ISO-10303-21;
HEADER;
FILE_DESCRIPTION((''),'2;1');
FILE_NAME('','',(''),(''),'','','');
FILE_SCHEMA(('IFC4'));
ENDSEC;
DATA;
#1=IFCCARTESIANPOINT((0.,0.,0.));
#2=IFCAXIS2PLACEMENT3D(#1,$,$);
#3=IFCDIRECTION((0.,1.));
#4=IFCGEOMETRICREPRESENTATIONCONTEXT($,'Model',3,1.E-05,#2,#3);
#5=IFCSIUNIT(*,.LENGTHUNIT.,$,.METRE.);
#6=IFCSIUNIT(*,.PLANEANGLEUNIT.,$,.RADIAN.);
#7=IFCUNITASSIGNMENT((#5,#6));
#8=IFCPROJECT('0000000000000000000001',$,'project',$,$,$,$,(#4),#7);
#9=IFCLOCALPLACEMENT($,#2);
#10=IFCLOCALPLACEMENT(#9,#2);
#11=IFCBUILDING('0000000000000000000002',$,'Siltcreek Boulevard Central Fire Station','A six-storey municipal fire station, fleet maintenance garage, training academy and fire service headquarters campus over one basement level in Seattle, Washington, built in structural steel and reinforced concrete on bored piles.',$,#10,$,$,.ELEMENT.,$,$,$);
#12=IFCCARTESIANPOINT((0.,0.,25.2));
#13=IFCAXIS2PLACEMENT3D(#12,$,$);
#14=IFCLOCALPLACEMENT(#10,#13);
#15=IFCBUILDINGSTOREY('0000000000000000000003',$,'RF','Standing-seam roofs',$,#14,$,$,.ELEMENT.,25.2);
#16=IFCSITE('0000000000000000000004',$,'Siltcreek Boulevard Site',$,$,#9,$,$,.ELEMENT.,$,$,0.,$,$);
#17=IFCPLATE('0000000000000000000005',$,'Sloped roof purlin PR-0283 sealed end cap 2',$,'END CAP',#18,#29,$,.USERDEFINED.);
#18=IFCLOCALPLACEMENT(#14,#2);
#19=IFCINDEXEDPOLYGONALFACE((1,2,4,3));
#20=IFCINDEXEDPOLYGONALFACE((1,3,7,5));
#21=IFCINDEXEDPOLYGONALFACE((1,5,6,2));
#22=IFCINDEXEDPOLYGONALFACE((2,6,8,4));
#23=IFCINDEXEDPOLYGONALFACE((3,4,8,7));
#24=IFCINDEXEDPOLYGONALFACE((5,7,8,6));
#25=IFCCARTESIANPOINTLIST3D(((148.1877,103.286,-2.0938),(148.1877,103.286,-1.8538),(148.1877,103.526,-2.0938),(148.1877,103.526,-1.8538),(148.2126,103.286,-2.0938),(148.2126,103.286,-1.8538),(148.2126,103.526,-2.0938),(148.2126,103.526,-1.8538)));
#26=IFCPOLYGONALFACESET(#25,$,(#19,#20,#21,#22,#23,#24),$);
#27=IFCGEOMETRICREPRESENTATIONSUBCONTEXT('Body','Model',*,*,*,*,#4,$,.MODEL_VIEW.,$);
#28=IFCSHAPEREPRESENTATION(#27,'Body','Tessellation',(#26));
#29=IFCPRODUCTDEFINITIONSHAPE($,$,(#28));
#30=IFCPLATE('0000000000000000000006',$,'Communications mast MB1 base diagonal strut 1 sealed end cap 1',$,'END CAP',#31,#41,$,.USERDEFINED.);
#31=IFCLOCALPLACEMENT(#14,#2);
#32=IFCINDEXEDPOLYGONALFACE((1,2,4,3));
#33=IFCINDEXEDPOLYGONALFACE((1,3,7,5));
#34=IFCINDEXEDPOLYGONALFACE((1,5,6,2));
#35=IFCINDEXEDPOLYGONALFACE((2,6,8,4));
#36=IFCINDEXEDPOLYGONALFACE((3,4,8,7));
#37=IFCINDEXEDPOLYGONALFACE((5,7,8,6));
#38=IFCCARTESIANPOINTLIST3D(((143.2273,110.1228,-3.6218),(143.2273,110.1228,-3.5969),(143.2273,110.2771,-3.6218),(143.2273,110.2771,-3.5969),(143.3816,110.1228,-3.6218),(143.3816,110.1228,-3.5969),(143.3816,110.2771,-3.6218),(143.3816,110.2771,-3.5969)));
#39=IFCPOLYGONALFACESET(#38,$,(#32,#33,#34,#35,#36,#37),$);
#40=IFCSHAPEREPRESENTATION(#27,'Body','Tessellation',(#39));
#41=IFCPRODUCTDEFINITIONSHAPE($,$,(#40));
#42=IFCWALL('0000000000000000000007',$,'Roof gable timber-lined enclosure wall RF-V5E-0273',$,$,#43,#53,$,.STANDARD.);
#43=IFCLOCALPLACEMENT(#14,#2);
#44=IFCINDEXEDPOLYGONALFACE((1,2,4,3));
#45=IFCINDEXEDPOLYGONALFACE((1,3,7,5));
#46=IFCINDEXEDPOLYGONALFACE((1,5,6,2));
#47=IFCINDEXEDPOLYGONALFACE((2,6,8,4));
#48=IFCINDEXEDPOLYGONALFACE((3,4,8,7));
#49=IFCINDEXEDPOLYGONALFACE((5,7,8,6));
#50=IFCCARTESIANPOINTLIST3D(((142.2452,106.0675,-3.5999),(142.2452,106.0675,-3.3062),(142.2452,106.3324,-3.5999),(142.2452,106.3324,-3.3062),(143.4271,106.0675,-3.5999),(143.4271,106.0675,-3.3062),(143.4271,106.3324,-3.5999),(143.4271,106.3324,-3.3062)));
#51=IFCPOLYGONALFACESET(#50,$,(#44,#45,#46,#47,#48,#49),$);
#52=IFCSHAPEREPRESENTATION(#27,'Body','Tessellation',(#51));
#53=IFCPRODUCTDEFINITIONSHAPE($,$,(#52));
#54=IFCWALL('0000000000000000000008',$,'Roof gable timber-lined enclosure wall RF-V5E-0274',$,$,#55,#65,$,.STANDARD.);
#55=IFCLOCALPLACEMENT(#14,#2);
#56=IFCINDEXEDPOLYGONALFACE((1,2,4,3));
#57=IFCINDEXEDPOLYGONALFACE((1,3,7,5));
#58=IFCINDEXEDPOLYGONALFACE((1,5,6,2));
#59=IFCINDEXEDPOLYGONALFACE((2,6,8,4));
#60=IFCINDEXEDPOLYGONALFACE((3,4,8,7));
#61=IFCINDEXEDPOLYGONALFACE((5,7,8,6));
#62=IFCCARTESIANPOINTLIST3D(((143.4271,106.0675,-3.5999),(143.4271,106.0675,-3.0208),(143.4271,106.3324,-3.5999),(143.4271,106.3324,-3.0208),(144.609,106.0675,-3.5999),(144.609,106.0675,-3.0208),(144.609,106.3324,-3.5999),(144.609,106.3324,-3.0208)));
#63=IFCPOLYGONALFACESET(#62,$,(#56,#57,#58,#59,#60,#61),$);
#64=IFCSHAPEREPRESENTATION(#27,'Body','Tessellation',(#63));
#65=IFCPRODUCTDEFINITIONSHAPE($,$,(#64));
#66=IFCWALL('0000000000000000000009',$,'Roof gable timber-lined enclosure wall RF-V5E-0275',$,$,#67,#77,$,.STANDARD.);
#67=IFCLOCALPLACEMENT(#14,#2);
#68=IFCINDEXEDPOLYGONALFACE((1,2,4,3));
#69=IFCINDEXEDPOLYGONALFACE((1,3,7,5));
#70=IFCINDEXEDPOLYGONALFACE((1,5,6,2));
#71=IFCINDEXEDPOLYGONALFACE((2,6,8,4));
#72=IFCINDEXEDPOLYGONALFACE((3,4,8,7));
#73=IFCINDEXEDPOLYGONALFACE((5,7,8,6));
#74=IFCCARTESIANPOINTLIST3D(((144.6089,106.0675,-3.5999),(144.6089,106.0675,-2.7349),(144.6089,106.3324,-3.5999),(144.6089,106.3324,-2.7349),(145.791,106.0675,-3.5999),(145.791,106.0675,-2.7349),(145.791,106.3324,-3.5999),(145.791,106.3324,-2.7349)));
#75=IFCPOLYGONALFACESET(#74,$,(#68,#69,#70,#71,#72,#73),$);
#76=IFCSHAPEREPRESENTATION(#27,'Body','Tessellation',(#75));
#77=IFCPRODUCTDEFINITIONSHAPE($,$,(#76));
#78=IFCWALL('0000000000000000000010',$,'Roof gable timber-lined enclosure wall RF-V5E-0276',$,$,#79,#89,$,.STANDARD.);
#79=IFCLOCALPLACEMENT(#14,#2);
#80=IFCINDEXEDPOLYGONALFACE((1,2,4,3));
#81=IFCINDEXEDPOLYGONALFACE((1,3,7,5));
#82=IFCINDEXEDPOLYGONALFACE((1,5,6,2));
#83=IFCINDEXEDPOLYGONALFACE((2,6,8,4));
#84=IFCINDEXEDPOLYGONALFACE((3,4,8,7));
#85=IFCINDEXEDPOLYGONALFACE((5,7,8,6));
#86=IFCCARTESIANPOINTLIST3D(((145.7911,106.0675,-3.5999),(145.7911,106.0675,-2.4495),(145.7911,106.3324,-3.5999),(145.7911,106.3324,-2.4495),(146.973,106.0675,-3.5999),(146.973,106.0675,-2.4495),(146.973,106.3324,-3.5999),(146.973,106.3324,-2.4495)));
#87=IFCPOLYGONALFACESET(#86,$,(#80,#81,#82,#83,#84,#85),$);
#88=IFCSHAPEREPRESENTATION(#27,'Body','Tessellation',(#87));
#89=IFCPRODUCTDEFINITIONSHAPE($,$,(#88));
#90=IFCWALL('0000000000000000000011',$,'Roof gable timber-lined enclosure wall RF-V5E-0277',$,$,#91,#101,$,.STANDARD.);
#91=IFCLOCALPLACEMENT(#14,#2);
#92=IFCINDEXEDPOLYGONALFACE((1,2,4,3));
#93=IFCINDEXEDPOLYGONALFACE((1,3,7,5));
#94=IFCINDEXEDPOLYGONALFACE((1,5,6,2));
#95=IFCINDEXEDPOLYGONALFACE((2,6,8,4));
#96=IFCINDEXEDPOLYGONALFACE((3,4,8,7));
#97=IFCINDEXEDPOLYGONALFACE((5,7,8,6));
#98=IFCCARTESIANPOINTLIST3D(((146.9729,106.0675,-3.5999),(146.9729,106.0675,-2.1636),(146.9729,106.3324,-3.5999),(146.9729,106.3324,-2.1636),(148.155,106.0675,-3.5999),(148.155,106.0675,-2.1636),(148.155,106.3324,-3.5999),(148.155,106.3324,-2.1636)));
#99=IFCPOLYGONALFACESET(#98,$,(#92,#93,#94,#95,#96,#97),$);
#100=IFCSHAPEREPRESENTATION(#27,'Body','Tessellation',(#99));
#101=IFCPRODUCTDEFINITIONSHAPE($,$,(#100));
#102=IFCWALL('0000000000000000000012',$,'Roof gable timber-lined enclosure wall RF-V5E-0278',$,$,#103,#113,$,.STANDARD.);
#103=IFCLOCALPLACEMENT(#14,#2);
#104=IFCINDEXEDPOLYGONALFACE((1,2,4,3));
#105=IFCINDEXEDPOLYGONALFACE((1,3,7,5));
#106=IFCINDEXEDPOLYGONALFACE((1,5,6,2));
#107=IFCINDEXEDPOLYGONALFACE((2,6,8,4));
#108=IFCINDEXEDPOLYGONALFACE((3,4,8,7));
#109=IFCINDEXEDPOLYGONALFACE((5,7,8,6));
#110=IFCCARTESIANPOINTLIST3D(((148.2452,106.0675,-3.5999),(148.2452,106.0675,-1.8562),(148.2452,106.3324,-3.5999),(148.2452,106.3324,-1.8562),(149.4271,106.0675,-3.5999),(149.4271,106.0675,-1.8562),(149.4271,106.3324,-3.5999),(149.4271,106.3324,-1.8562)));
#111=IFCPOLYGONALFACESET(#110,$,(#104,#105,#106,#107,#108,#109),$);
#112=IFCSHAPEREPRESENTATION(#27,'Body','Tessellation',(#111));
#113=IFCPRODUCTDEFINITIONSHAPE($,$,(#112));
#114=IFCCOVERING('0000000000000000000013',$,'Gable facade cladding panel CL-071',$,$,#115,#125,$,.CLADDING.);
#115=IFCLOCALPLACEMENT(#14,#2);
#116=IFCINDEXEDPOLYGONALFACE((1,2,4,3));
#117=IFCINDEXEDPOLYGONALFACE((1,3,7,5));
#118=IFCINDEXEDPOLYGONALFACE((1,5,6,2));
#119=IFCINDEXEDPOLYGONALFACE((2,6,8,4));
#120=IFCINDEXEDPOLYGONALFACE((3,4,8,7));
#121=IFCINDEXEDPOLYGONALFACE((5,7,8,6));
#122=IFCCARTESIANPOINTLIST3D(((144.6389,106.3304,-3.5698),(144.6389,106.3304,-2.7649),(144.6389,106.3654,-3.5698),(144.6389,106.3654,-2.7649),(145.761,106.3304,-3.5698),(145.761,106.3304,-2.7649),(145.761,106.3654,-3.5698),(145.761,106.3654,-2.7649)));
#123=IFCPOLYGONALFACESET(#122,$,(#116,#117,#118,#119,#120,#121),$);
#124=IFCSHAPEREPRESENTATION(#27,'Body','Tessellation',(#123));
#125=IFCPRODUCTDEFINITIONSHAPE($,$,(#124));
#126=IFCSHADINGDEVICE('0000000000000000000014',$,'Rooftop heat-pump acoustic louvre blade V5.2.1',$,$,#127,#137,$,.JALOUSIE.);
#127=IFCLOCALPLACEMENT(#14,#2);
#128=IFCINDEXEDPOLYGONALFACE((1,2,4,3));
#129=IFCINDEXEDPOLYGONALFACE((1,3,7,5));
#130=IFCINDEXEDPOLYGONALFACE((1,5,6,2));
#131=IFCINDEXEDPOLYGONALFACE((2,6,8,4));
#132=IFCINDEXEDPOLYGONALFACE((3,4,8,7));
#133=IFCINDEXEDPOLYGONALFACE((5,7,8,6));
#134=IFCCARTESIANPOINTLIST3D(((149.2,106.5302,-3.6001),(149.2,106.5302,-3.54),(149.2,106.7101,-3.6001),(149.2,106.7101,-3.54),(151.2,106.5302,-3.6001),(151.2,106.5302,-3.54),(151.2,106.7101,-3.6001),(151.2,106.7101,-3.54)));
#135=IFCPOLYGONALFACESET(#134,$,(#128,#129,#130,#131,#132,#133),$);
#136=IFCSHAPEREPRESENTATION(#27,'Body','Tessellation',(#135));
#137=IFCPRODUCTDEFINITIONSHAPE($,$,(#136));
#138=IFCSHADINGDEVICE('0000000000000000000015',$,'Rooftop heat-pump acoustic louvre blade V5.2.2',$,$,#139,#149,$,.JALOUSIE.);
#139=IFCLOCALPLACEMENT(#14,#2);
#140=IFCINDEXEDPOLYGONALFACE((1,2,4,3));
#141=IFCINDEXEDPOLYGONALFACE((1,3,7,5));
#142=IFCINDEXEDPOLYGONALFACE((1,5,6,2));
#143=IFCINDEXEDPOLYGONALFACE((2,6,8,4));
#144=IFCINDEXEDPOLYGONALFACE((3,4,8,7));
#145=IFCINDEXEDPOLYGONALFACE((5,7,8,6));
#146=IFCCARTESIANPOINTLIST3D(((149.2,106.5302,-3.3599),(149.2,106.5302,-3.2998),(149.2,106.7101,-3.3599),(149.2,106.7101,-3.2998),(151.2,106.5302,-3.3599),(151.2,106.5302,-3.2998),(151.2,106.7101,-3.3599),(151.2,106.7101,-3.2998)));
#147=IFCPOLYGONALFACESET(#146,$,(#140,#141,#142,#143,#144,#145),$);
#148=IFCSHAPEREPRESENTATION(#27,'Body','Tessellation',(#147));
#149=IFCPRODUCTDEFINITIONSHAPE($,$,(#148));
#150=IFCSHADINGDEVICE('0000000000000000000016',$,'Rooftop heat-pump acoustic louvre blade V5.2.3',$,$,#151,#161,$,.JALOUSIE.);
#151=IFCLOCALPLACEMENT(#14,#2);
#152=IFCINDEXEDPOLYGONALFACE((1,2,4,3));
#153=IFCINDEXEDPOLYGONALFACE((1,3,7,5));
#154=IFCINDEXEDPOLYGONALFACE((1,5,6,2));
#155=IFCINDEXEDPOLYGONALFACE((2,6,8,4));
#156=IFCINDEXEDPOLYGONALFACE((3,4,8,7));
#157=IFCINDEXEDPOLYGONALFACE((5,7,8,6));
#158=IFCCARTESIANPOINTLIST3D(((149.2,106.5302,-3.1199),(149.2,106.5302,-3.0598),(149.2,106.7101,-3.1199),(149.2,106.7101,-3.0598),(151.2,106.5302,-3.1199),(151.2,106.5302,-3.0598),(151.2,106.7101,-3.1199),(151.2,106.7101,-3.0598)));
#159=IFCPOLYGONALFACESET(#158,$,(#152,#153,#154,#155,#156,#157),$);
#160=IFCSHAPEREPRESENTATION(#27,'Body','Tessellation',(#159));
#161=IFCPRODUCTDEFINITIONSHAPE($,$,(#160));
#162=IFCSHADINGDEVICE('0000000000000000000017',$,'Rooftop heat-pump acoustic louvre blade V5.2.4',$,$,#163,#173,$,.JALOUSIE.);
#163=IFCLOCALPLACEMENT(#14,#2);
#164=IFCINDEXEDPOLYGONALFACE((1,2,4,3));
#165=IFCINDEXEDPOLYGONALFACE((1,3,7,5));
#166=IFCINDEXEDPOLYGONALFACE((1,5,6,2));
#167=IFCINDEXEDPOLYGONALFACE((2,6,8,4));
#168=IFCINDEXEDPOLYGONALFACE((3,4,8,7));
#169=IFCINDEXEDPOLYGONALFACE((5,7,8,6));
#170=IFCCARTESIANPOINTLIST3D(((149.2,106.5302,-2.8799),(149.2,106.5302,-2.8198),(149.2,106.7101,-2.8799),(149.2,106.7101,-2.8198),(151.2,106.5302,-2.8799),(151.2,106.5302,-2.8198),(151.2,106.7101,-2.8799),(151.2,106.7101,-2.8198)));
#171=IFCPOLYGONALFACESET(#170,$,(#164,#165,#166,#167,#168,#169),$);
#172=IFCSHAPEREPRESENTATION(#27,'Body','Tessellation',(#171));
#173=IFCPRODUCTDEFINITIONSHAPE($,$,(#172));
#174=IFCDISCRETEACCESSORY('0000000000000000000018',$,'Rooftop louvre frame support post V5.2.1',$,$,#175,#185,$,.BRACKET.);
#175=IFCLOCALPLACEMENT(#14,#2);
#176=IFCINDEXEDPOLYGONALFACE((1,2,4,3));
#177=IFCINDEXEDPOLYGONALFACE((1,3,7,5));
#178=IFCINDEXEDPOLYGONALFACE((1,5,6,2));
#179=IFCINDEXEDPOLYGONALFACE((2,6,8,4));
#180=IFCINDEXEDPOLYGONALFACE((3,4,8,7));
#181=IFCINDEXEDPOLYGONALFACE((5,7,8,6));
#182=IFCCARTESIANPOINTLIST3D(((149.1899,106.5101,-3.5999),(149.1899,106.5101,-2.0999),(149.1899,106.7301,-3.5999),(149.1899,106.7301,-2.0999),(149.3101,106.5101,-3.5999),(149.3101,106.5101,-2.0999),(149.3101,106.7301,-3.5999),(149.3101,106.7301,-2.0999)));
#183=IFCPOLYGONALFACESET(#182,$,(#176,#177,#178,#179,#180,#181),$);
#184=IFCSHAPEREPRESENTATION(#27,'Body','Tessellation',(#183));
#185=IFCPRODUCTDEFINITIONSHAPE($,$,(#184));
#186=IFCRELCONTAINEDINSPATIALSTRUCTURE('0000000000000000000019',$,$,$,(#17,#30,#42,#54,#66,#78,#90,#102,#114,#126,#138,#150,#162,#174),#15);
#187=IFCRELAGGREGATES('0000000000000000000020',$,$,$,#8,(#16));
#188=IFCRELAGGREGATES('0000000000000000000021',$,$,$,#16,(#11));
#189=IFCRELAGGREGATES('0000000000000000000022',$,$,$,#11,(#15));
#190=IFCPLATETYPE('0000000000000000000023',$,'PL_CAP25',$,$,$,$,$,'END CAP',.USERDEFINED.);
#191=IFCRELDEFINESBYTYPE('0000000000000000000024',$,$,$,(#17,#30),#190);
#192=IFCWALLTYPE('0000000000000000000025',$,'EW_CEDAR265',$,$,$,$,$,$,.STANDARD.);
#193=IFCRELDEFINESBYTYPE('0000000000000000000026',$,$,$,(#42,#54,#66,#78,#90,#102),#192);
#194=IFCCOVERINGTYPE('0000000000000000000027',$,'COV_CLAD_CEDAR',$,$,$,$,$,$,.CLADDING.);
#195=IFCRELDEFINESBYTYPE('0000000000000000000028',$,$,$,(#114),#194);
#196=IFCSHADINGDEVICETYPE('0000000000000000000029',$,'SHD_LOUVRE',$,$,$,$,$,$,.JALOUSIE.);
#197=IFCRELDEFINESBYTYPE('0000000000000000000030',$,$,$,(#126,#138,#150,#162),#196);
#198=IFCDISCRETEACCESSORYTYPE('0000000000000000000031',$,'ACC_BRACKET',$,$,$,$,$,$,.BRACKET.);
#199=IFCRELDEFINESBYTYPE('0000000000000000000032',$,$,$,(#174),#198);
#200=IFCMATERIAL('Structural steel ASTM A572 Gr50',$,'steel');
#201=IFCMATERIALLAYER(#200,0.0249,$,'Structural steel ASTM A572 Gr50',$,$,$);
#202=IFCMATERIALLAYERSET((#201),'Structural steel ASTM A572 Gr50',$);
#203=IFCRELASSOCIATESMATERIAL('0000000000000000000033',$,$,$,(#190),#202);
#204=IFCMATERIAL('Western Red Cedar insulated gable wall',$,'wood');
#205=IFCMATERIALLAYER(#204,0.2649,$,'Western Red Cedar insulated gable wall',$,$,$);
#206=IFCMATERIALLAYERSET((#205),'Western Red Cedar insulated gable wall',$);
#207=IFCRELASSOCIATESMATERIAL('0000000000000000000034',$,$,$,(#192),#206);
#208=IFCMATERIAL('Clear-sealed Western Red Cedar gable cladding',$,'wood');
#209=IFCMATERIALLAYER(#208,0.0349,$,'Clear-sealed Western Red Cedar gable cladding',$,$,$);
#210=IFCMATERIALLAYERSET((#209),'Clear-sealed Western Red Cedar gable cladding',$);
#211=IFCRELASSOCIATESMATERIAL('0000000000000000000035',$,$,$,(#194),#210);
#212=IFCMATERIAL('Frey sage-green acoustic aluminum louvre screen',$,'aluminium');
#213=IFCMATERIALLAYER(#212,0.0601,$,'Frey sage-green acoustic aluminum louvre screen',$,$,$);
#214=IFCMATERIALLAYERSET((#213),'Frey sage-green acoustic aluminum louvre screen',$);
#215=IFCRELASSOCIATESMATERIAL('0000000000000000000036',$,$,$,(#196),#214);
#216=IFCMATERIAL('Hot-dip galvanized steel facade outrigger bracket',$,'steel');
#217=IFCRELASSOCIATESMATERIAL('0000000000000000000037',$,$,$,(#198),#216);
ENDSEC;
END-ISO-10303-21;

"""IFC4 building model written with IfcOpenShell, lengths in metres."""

from ifc_helpers import new_model, si_unit, direction, frame, frame_2d, origin, origin_2d, place, context, subcontext, project, spatial, rectangle, extrude, material, layer, layer_set, type_object, element, save


model = new_model("IFC4")

# Units and contexts
model_context = context("Model", 3, precision=1e-05, world=origin(), true_north=direction((0.0, 1.0)))
body_context = subcontext(model_context, "Body", "Model", "MODEL_VIEW")
ifc_project = project(units=[si_unit("LENGTHUNIT", "METRE"), si_unit("PLANEANGLEUNIT", "RADIAN")], contexts=[model_context])

# Site, building, storey
site_placement = place(None, origin())
site = spatial("IfcSite", under=ifc_project, at=site_placement, Name="Siltcreek Boulevard Site", CompositionType="ELEMENT", RefElevation=0.0)
building_placement = place(site_placement, origin())
building = spatial("IfcBuilding", under=site, at=building_placement, Name="Siltcreek Boulevard Central Fire Station", Description="A six-storey municipal fire station, fleet maintenance garage, training academy and fire service headquarters campus over one basement level in Seattle, Washington, built in structural steel and reinforced concrete on bored piles.", CompositionType="ELEMENT")
storey_placement = place(building_placement, frame((0.0, 0.0, 25.2)))
storey = spatial("IfcBuildingStorey", under=building, at=storey_placement, Name="RF", Description="Standing-seam roofs", CompositionType="ELEMENT", Elevation=25.2)

# Plates
ifc_material_1 = material(Name="Structural steel ASTM A572 Gr50", Category="steel")
ifc_layer_1 = layer(ifc_material_1, 0.0249, Name="Structural steel ASTM A572 Gr50")
ifc_layer_set_1 = layer_set([ifc_layer_1], Name="Structural steel ASTM A572 Gr50")
plate_type = type_object("IfcPlateType", Name="PL_CAP25", ElementType="END CAP", PredefinedType="USERDEFINED", material=ifc_layer_set_1)
plate_1_placement = place(storey_placement, frame((148.2002, 103.406, -2.0938), z_axis=(0.0, 0.0, 1.0), x_axis=(1.0, 0.0, 0.0)))
element("IfcPlate", 1, at=plate_1_placement, inside=storey, type_object=plate_type, Name="Sloped roof purlin PR-0283 sealed end cap 2", ObjectType="END CAP", PredefinedType="USERDEFINED", context=body_context, shape_type="SweptSolid", body=[
    extrude(rectangle(XDim=0.0249, YDim=0.24, at=origin_2d()), origin(), (0.0, 0.0, 1.0), 0.24),
])
plate_2_placement = place(storey_placement, frame((143.3044, 110.2, -3.6218), z_axis=(0.0, 0.0, 1.0), x_axis=(1.0, 0.0, 0.0)))
element("IfcPlate", 2, at=plate_2_placement, inside=storey, type_object=plate_type, Name="Communications mast MB1 base diagonal strut 1 sealed end cap 1", ObjectType="END CAP", PredefinedType="USERDEFINED", context=body_context, shape_type="SweptSolid", body=[
    extrude(rectangle(XDim=0.1543, YDim=0.1543, at=origin_2d()), origin(), (0.0, 0.0, 1.0), 0.0249),
])

# Walls
ifc_material_2 = material(Name="Western Red Cedar insulated gable wall", Category="wood")
ifc_layer_2 = layer(ifc_material_2, 0.2649, Name="Western Red Cedar insulated gable wall")
ifc_layer_set_2 = layer_set([ifc_layer_2], Name="Western Red Cedar insulated gable wall")
wall_type = type_object("IfcWallType", Name="EW_CEDAR265", PredefinedType="STANDARD", material=ifc_layer_set_2)
wall_1_placement = place(storey_placement, frame((143.427, 106.2, -3.5999), z_axis=(0.0, 0.0, 1.0), x_axis=(-1.0, 0.0, 0.0)))
element("IfcWall", 3, at=wall_1_placement, inside=storey, type_object=wall_type, Name="Roof gable timber-lined enclosure wall RF-V5E-0273", PredefinedType="STANDARD", context=body_context, shape_type="SweptSolid", body=[
    extrude(rectangle(XDim=1.1819, YDim=0.2649, at=frame_2d((0.5908, 0.0))), origin(), (0.0, 0.0, 1.0), 0.2937),
])
wall_2_placement = place(storey_placement, frame((144.6089, 106.2, -3.5999), z_axis=(0.0, 0.0, 1.0), x_axis=(-1.0, 0.0, 0.0)))
element("IfcWall", 4, at=wall_2_placement, inside=storey, type_object=wall_type, Name="Roof gable timber-lined enclosure wall RF-V5E-0274", PredefinedType="STANDARD", context=body_context, shape_type="SweptSolid", body=[
    extrude(rectangle(XDim=1.1819, YDim=0.2649, at=frame_2d((0.5908, 0.0))), origin(), (0.0, 0.0, 1.0), 0.5791),
])
wall_3_placement = place(storey_placement, frame((145.791, 106.2, -3.5999), z_axis=(0.0, 0.0, 1.0), x_axis=(-1.0, 0.0, 0.0)))
element("IfcWall", 5, at=wall_3_placement, inside=storey, type_object=wall_type, Name="Roof gable timber-lined enclosure wall RF-V5E-0275", PredefinedType="STANDARD", context=body_context, shape_type="SweptSolid", body=[
    extrude(rectangle(XDim=1.1821, YDim=0.2649, at=frame_2d((0.5911, 0.0))), origin(), (0.0, 0.0, 1.0), 0.865),
])
wall_4_placement = place(storey_placement, frame((146.9729, 106.2, -3.5999), z_axis=(0.0, 0.0, 1.0), x_axis=(-1.0, 0.0, 0.0)))
element("IfcWall", 6, at=wall_4_placement, inside=storey, type_object=wall_type, Name="Roof gable timber-lined enclosure wall RF-V5E-0276", PredefinedType="STANDARD", context=body_context, shape_type="SweptSolid", body=[
    extrude(rectangle(XDim=1.1819, YDim=0.2649, at=frame_2d((0.5908, 0.0))), origin(), (0.0, 0.0, 1.0), 1.1504),
])
wall_5_placement = place(storey_placement, frame((148.155, 106.2, -3.5999), z_axis=(0.0, 0.0, 1.0), x_axis=(-1.0, 0.0, 0.0)))
element("IfcWall", 7, at=wall_5_placement, inside=storey, type_object=wall_type, Name="Roof gable timber-lined enclosure wall RF-V5E-0277", PredefinedType="STANDARD", context=body_context, shape_type="SweptSolid", body=[
    extrude(rectangle(XDim=1.1821, YDim=0.2649, at=frame_2d((0.5911, 0.0))), origin(), (0.0, 0.0, 1.0), 1.4363),
])
wall_6_placement = place(storey_placement, frame((149.427, 106.2, -3.5999), z_axis=(0.0, 0.0, 1.0), x_axis=(-1.0, 0.0, 0.0)))
element("IfcWall", 8, at=wall_6_placement, inside=storey, type_object=wall_type, Name="Roof gable timber-lined enclosure wall RF-V5E-0278", PredefinedType="STANDARD", context=body_context, shape_type="SweptSolid", body=[
    extrude(rectangle(XDim=1.1819, YDim=0.2649, at=frame_2d((0.5908, 0.0))), origin(), (0.0, 0.0, 1.0), 1.7437),
])

# Covering
ifc_material_3 = material(Name="Clear-sealed Western Red Cedar gable cladding", Category="wood")
ifc_layer_3 = layer(ifc_material_3, 0.0349, Name="Clear-sealed Western Red Cedar gable cladding")
ifc_layer_set_3 = layer_set([ifc_layer_3], Name="Clear-sealed Western Red Cedar gable cladding")
covering_type = type_object("IfcCoveringType", Name="COV_CLAD_CEDAR", PredefinedType="CLADDING", material=ifc_layer_set_3)
covering_placement = place(storey_placement, frame((145.2, 106.3479, -3.5698), z_axis=(0.0, 0.0, 1.0), x_axis=(-1.0, 0.0, 0.0)))
element("IfcCovering", 9, at=covering_placement, inside=storey, type_object=covering_type, Name="Gable facade cladding panel CL-071", PredefinedType="CLADDING", context=body_context, shape_type="SweptSolid", body=[
    extrude(rectangle(XDim=1.1221, YDim=0.0349, at=origin_2d()), origin(), (0.0, 0.0, 1.0), 0.8049),
])

# Shading devices
ifc_material_4 = material(Name="Frey sage-green acoustic aluminum louvre screen", Category="aluminium")
ifc_layer_4 = layer(ifc_material_4, 0.0601, Name="Frey sage-green acoustic aluminum louvre screen")
ifc_layer_set_4 = layer_set([ifc_layer_4], Name="Frey sage-green acoustic aluminum louvre screen")
shading_device_type = type_object("IfcShadingDeviceType", Name="SHD_LOUVRE", PredefinedType="JALOUSIE", material=ifc_layer_set_4)
for number, where, z_axis, x_axis, name in (
    (10, (150.2, 106.6201, -3.6001), (0.0, 0.0, 1.0), (1.0, 0.0, 0.0), "Rooftop heat-pump acoustic louvre blade V5.2.1"),
    (11, (150.2, 106.6201, -3.3599), (0.0, 0.0, 1.0), (1.0, 0.0, 0.0), "Rooftop heat-pump acoustic louvre blade V5.2.2"),
    (12, (150.2, 106.6201, -3.1199), (0.0, 0.0, 1.0), (1.0, 0.0, 0.0), "Rooftop heat-pump acoustic louvre blade V5.2.3"),
    (13, (150.2, 106.6201, -2.8799), (0.0, 0.0, 1.0), (1.0, 0.0, 0.0), "Rooftop heat-pump acoustic louvre blade V5.2.4"),
):
    element("IfcShadingDevice", number, at=place(storey_placement, frame(where, z_axis=z_axis, x_axis=x_axis)), inside=storey, type_object=shading_device_type, Name=name, PredefinedType="JALOUSIE", context=body_context, shape_type="SweptSolid", body=[
        extrude(rectangle(XDim=2.0, YDim=0.1799, at=origin_2d()), origin(), (0.0, 0.0, 1.0), 0.0601),
    ])

# Discrete accessory
ifc_material_5 = material(Name="Hot-dip galvanized steel facade outrigger bracket", Category="steel")
discrete_accessory_type = type_object("IfcDiscreteAccessoryType", Name="ACC_BRACKET", PredefinedType="BRACKET", material=ifc_material_5)
discrete_accessory_placement = place(storey_placement, frame((149.25, 106.6201, -3.5999), z_axis=(0.0, 0.0, 1.0), x_axis=(1.0, 0.0, 0.0)))
element("IfcDiscreteAccessory", 14, at=discrete_accessory_placement, inside=storey, type_object=discrete_accessory_type, Name="Rooftop louvre frame support post V5.2.1", PredefinedType="BRACKET", context=body_context, shape_type="SweptSolid", body=[
    extrude(rectangle(XDim=0.1201, YDim=0.22, at=origin_2d()), origin(), (0.0, 0.0, 1.0), 1.5),
])

save(model, "model.ifc")
